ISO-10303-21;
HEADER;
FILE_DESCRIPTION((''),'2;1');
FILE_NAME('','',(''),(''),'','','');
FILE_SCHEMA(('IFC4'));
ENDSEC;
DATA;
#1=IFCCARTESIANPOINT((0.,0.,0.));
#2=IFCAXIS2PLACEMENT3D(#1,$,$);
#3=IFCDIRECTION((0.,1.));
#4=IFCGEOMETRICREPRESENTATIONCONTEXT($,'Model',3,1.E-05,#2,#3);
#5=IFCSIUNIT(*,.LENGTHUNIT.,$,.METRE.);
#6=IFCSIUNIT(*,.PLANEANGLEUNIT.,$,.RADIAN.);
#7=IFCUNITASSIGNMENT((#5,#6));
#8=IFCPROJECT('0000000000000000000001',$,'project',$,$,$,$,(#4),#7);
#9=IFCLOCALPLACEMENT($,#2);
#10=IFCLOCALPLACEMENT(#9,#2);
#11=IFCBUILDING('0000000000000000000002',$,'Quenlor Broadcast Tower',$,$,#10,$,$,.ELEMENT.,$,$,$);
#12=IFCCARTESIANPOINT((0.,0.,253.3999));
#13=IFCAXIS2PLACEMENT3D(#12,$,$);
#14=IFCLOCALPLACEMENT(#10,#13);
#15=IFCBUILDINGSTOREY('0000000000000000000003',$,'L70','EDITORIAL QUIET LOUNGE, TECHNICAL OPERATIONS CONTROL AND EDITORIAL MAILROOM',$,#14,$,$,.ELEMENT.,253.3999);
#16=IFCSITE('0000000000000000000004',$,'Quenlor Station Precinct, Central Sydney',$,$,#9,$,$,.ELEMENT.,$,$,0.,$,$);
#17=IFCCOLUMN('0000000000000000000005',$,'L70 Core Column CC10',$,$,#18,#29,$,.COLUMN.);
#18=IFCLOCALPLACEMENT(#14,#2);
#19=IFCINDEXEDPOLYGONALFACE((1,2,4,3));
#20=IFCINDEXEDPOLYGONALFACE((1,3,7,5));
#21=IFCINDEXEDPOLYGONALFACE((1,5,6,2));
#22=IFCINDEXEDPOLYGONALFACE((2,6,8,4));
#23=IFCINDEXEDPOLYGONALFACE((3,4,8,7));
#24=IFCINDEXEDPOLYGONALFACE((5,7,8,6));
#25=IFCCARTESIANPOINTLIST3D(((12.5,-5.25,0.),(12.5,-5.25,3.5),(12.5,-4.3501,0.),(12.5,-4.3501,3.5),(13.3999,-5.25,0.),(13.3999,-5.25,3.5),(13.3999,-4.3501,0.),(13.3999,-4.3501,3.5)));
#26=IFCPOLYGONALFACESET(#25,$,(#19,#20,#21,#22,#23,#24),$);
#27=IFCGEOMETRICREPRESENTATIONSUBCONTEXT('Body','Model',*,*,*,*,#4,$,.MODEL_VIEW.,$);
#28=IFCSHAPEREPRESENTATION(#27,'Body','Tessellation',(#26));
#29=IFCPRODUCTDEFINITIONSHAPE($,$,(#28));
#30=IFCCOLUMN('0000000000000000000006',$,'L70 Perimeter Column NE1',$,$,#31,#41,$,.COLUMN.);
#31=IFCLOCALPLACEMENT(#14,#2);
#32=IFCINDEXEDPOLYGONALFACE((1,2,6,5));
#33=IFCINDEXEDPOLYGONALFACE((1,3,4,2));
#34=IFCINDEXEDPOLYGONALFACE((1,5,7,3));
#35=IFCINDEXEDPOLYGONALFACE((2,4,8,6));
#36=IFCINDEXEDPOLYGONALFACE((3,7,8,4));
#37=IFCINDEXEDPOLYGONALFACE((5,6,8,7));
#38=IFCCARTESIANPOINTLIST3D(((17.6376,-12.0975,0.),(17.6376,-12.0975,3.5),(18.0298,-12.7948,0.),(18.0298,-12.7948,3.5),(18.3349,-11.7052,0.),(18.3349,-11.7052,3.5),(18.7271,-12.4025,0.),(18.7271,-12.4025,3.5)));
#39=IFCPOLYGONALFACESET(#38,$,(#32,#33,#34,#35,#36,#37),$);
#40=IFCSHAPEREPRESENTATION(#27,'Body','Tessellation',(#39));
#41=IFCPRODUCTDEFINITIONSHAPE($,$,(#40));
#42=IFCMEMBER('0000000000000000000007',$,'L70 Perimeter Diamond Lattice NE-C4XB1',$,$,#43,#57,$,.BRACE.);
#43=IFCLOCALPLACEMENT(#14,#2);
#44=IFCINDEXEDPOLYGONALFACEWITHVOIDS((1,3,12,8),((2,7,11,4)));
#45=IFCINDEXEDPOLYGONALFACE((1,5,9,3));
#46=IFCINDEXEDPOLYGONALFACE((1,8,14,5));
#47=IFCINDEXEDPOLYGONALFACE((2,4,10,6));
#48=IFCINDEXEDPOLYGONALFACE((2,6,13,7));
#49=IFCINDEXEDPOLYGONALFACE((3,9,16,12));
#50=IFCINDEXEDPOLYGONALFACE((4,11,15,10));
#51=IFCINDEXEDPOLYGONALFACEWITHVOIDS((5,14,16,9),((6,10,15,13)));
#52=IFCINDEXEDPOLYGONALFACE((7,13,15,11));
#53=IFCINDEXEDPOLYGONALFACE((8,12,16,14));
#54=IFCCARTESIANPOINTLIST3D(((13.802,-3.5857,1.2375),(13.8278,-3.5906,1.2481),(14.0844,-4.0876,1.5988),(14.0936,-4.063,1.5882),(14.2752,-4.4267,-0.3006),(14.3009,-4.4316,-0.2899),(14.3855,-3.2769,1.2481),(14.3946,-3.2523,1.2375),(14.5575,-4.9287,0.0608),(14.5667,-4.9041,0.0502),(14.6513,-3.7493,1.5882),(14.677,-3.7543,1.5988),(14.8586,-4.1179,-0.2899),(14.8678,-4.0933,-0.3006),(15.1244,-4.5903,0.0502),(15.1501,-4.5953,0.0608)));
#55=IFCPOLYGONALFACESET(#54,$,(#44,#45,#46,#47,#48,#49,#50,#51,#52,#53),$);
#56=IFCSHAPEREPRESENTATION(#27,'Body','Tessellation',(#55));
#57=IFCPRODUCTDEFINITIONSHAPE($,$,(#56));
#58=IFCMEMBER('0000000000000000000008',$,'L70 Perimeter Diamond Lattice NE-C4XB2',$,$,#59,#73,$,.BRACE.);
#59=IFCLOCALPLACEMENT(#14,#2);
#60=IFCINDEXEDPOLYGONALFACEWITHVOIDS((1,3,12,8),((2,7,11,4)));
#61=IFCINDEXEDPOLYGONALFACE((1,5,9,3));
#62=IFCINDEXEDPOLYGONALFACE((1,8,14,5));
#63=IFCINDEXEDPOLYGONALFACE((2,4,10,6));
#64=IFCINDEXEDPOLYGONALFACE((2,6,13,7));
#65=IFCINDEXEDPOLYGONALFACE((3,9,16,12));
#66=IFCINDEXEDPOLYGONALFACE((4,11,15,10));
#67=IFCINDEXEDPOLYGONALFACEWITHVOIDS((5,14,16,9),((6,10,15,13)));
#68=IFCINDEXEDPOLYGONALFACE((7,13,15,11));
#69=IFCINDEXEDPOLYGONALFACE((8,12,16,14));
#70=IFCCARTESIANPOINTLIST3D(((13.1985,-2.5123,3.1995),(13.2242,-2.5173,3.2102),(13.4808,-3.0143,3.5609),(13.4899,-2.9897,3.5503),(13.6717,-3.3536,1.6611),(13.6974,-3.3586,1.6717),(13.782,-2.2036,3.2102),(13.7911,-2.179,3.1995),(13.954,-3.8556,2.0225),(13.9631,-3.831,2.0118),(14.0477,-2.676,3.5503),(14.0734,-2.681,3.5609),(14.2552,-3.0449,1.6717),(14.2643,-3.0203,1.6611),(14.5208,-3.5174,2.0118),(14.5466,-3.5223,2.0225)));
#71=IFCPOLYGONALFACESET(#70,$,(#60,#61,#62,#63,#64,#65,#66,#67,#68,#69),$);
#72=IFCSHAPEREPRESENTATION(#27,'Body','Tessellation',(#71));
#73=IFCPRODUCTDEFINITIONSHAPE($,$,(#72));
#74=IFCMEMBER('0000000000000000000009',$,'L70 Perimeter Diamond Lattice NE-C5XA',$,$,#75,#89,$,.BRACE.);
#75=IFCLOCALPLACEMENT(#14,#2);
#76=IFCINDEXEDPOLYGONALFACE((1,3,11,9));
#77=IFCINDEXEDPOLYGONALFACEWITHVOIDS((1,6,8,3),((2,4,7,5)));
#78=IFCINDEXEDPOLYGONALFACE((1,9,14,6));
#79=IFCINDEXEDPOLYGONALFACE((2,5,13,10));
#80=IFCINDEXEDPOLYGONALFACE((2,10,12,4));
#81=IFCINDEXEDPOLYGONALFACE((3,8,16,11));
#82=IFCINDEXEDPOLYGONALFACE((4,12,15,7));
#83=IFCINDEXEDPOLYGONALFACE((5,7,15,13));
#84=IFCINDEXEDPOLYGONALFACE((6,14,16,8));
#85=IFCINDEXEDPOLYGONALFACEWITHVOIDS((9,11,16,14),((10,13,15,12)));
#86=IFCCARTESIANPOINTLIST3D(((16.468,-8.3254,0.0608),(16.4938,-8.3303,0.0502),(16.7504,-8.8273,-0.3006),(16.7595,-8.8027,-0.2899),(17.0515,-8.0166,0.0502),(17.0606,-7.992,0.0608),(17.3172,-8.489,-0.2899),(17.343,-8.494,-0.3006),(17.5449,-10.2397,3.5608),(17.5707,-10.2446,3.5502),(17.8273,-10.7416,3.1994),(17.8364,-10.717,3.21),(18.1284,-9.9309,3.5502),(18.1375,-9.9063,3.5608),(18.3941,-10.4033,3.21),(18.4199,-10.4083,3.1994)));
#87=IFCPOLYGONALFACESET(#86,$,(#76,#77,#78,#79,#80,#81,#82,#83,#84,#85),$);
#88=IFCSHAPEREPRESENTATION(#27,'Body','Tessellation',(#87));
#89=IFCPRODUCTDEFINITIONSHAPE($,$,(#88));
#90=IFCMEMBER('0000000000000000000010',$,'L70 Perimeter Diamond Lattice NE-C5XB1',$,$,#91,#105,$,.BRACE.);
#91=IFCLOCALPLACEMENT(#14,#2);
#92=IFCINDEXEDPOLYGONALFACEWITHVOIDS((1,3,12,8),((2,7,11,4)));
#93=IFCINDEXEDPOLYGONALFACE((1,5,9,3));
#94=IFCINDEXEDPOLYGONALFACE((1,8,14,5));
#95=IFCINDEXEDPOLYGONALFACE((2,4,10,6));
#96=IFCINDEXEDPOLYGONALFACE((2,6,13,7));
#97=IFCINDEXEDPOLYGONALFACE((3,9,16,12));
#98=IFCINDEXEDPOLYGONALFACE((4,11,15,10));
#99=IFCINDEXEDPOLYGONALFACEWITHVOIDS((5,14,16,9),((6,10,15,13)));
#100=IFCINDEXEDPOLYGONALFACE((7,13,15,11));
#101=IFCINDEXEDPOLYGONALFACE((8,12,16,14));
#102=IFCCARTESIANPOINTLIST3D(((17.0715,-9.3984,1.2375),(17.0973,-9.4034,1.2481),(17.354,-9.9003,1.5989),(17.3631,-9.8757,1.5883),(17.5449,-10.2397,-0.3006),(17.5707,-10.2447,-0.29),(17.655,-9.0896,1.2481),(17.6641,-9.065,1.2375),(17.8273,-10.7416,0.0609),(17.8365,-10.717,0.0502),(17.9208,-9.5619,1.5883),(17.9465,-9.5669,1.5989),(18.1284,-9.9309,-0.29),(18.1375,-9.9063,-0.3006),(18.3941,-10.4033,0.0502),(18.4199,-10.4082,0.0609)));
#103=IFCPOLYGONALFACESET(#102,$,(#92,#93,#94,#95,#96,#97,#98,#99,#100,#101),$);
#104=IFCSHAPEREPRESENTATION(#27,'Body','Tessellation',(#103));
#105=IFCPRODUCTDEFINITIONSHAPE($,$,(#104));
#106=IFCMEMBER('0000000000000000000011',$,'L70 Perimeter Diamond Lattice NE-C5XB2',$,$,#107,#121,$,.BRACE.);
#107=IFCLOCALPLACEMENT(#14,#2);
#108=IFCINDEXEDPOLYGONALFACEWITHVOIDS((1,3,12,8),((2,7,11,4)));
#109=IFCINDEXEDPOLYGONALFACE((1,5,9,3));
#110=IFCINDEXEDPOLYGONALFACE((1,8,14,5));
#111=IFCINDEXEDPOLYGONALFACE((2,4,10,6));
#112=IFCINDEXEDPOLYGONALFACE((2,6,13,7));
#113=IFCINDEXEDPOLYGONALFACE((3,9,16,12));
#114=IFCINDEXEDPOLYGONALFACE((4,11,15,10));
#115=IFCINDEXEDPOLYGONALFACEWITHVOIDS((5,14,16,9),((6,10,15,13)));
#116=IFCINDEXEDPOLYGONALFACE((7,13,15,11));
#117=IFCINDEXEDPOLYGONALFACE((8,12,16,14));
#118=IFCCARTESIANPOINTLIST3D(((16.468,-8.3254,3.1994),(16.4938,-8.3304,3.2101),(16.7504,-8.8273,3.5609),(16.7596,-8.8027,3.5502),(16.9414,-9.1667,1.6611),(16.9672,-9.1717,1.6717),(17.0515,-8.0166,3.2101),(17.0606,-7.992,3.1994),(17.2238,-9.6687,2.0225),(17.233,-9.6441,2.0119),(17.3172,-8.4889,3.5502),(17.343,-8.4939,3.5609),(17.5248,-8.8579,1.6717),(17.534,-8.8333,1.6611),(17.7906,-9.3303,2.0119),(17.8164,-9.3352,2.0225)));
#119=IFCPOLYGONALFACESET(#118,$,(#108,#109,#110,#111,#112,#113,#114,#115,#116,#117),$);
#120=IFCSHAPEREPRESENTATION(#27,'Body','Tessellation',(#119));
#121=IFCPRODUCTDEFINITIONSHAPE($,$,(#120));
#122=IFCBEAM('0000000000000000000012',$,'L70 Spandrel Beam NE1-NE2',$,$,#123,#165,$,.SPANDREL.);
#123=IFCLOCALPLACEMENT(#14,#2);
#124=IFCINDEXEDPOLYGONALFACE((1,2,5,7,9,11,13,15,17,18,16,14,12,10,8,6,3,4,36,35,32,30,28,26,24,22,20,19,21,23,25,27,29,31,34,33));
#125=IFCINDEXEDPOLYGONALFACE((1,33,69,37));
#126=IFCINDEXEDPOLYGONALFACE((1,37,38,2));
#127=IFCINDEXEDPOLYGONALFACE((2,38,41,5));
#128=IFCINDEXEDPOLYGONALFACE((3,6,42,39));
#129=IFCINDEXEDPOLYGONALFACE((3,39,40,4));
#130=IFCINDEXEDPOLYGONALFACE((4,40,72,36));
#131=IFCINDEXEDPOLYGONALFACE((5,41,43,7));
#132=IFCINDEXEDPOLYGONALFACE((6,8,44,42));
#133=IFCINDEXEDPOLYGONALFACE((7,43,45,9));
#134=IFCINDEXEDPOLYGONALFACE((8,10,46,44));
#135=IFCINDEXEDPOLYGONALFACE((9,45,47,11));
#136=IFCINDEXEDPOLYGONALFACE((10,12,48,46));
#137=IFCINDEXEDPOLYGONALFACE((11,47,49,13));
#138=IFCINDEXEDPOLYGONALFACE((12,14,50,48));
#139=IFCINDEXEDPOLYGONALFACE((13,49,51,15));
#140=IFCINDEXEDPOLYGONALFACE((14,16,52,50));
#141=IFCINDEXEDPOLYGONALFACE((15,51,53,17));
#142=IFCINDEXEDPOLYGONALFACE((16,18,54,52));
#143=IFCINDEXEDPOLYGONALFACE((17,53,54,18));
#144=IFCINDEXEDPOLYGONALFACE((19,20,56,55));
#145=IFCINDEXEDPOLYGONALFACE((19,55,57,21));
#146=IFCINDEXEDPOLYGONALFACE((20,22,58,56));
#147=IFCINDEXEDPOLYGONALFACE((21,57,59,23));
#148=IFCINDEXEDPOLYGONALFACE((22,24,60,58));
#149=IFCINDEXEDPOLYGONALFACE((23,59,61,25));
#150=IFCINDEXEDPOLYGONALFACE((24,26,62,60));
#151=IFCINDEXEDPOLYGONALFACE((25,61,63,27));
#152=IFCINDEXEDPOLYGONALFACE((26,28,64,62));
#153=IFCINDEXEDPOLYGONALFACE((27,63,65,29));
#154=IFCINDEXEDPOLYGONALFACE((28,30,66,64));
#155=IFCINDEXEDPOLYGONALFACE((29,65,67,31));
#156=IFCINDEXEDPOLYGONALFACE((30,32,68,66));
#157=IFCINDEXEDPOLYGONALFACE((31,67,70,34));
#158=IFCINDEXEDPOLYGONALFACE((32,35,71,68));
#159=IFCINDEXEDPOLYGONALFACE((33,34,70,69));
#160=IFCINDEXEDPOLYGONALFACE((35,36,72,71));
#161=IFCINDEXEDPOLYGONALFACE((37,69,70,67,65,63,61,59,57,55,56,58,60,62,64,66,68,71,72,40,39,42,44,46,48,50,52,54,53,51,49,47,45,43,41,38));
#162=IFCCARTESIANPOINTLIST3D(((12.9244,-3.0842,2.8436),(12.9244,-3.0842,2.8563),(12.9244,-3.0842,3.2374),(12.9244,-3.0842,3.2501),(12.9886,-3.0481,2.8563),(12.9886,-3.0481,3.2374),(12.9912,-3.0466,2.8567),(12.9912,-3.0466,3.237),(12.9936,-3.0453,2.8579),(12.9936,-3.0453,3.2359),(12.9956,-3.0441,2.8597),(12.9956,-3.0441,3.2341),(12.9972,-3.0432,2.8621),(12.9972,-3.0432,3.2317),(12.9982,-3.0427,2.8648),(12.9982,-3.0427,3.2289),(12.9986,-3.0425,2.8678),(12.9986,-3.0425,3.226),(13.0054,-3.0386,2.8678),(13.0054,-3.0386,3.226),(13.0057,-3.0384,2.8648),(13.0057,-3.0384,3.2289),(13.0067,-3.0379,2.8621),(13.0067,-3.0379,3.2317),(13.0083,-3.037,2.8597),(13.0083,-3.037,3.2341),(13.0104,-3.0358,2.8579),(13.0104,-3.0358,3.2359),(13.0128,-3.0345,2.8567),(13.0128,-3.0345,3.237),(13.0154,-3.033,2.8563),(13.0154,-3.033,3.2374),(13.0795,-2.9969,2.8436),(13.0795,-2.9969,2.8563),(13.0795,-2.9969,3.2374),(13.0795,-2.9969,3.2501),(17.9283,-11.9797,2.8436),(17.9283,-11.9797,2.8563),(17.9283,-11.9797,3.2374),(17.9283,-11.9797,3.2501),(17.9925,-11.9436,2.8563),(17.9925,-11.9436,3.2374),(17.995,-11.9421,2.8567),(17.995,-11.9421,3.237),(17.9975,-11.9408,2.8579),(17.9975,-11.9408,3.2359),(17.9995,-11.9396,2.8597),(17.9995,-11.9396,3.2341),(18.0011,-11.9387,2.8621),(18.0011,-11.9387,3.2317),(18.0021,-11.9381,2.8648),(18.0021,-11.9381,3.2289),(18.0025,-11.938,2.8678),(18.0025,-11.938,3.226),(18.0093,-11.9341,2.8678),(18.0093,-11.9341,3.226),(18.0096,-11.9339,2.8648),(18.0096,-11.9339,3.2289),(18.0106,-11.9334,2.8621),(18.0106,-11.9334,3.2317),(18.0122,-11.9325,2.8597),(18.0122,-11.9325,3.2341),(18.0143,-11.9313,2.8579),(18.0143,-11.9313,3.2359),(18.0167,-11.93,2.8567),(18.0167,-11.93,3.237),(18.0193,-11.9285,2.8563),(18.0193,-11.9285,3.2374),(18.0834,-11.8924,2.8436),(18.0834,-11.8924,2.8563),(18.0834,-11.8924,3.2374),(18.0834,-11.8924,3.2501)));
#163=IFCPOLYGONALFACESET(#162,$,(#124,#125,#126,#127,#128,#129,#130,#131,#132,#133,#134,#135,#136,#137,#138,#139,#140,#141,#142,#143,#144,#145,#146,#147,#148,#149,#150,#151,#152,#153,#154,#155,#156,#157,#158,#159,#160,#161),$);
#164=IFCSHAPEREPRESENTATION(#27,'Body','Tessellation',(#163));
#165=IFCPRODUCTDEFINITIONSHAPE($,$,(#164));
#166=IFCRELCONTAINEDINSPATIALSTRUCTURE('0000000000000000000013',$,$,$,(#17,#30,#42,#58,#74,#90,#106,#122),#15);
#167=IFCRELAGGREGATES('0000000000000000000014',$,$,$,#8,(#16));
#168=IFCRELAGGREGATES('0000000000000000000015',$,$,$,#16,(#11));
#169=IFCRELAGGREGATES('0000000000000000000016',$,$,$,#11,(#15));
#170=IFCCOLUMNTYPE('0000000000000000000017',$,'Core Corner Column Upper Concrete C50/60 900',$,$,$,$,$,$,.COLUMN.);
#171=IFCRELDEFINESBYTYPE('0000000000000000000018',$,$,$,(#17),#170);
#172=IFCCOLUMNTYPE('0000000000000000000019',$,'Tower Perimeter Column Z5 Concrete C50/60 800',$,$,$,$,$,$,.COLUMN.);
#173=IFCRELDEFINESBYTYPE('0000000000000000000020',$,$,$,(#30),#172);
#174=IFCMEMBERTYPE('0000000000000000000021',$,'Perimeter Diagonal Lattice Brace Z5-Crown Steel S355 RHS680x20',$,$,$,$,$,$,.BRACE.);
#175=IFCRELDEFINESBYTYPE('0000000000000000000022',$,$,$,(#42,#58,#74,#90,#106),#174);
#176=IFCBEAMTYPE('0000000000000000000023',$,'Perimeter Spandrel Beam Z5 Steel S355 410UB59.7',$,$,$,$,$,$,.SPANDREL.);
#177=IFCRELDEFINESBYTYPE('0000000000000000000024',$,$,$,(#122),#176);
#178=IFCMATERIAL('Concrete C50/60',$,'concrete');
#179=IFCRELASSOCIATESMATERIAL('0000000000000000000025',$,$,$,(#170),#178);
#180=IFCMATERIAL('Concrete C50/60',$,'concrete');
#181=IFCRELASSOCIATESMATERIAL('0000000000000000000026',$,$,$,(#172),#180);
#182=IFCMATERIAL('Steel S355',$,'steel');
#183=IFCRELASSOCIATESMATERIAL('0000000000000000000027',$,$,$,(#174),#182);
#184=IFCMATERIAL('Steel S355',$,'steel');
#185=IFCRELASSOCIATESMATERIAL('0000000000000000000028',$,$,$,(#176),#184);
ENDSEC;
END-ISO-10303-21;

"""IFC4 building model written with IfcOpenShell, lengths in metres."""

from ifc_helpers import new_model, si_unit, direction, frame, origin, origin_2d, place, context, subcontext, project, spatial, rectangle, hollow_rectangle, i_section, extrude, material, material_profile, profile_set, type_object, element, save


model = new_model("IFC4")

# Units and contexts
model_context = context("Model", 3, precision=1e-05, world=origin(), true_north=direction((0.0, 1.0)))
body_context = subcontext(model_context, "Body", "Model", "MODEL_VIEW")
ifc_project = project(units=[si_unit("LENGTHUNIT", "METRE"), si_unit("PLANEANGLEUNIT", "RADIAN")], contexts=[model_context])

# Site, building, storey
site_placement = place(None, origin())
site = spatial("IfcSite", under=ifc_project, at=site_placement, Name="Quenlor Station Precinct, Central Sydney", CompositionType="ELEMENT", RefElevation=0.0)
building_placement = place(site_placement, origin())
building = spatial("IfcBuilding", under=site, at=building_placement, Name="Quenlor Broadcast Tower", CompositionType="ELEMENT")
storey_placement = place(building_placement, frame((0.0, 0.0, 253.3999)))
storey = spatial("IfcBuildingStorey", under=building, at=storey_placement, Name="L70", Description="EDITORIAL QUIET LOUNGE, TECHNICAL OPERATIONS CONTROL AND EDITORIAL MAILROOM", CompositionType="ELEMENT", Elevation=253.3999)

# Columns
ifc_material_1 = material(Name="Concrete C50/60", Category="concrete")
ifc_material_profile_1 = material_profile(ifc_material_1, rectangle(XDim=0.8999, YDim=0.8999, at=origin_2d()))
ifc_profile_set_1 = profile_set([ifc_material_profile_1], Name="Concrete C50/60 RC900x900")
column_type_1 = type_object("IfcColumnType", Name="Core Corner Column Upper Concrete C50/60 900", PredefinedType="COLUMN", material=ifc_profile_set_1)
column_1_placement = place(storey_placement, frame((12.95, -4.8, 0.0), z_axis=(0.0, 0.0, 1.0), x_axis=(1.0, 0.0, 0.0)))
element("IfcColumn", 1, at=column_1_placement, inside=storey, type_object=column_type_1, Name="L70 Core Column CC10", PredefinedType="COLUMN", context=body_context, shape_type="SweptSolid", body=[
    extrude(rectangle(XDim=0.8999, YDim=0.8999, at=origin_2d()), origin(), (0.0, 0.0, 1.0), 3.5),
])
ifc_material_2 = material(Name="Concrete C50/60", Category="concrete")
ifc_material_profile_2 = material_profile(ifc_material_2, rectangle(XDim=0.8, YDim=0.8, at=origin_2d()))
ifc_profile_set_2 = profile_set([ifc_material_profile_2], Name="Concrete C50/60 RC800x800")
column_type_2 = type_object("IfcColumnType", Name="Tower Perimeter Column Z5 Concrete C50/60 800", PredefinedType="COLUMN", material=ifc_profile_set_2)
column_2_placement = place(storey_placement, frame((18.1824, -12.25, 0.0), z_axis=(0.0, 0.0, 1.0), x_axis=(0.871575, 0.490262, 0.0)))
element("IfcColumn", 2, at=column_2_placement, inside=storey, type_object=column_type_2, Name="L70 Perimeter Column NE1", PredefinedType="COLUMN", context=body_context, shape_type="SweptSolid", body=[
    extrude(rectangle(XDim=0.8, YDim=0.8, at=origin_2d()), origin(), (0.0, 0.0, 1.0), 3.5),
])

# Members
ifc_material_3 = material(Name="Steel S355", Category="steel")
ifc_material_profile_3 = material_profile(ifc_material_3, hollow_rectangle(XDim=0.6799, YDim=0.6799, WallThickness=0.02, at=origin_2d()))
ifc_profile_set_3 = profile_set([ifc_material_profile_3], Name="Steel S355 RHS680x680x20")
member_type = type_object("IfcMemberType", Name="Perimeter Diagonal Lattice Brace Z5-Crown Steel S355 RHS680x20", PredefinedType="BRACE", material=ifc_profile_set_3)
member_1_placement = place(storey_placement, frame((14.7126, -4.511, -0.1199), z_axis=(-0.260577, 0.463204, 0.847078), x_axis=(-0.871555, -0.490297, 0.0)))
element("IfcMember", 3, at=member_1_placement, inside=storey, type_object=member_type, Name="L70 Perimeter Diamond Lattice NE-C4XB1", PredefinedType="BRACE", context=body_context, shape_type="SweptSolid", body=[
    extrude(hollow_rectangle(XDim=0.6799, YDim=0.6799, WallThickness=0.02, at=origin_2d()), origin(), (0.0, 0.0, 1.0), 1.8157),
])
member_2_placement = place(storey_placement, frame((14.1091, -3.438, 1.8418), z_axis=(-0.260532, 0.463257, 0.847063), x_axis=(-0.871616, -0.490189, 0.0)))
element("IfcMember", 4, at=member_2_placement, inside=storey, type_object=member_type, Name="L70 Perimeter Diamond Lattice NE-C4XB2", PredefinedType="BRACE", context=body_context, shape_type="SweptSolid", body=[
    extrude(hollow_rectangle(XDim=0.6799, YDim=0.6799, WallThickness=0.02, at=origin_2d()), origin(), (0.0, 0.0, 1.0), 1.8162),
])
member_3_placement = place(storey_placement, frame((16.9055, -8.4097, -0.1199), z_axis=(0.260619, -0.463276, 0.847026), x_axis=(0.871555, 0.490298, 0.0)))
element("IfcMember", 5, at=member_3_placement, inside=storey, type_object=member_type, Name="L70 Perimeter Diamond Lattice NE-C5XA", PredefinedType="BRACE", context=body_context, shape_type="SweptSolid", body=[
    extrude(hollow_rectangle(XDim=0.6799, YDim=0.6799, WallThickness=0.02, at=origin_2d()), origin(), (0.0, 0.0, 1.0), 4.1321),
])
member_4_placement = place(storey_placement, frame((17.9824, -10.324, -0.1199), z_axis=(-0.260686, 0.463293, 0.846996), x_axis=(-0.871508, -0.490381, 0.0)))
element("IfcMember", 6, at=member_4_placement, inside=storey, type_object=member_type, Name="L70 Perimeter Diamond Lattice NE-C5XB1", PredefinedType="BRACE", context=body_context, shape_type="SweptSolid", body=[
    extrude(hollow_rectangle(XDim=0.6799, YDim=0.6799, WallThickness=0.02, at=origin_2d()), origin(), (0.0, 0.0, 1.0), 1.8159),
])
member_5_placement = place(storey_placement, frame((17.3789, -9.251, 1.8418), z_axis=(-0.260657, 0.463241, 0.847034), x_axis=(-0.871508, -0.490381, 0.0)))
element("IfcMember", 7, at=member_5_placement, inside=storey, type_object=member_type, Name="L70 Perimeter Diamond Lattice NE-C5XB2", PredefinedType="BRACE", context=body_context, shape_type="SweptSolid", body=[
    extrude(hollow_rectangle(XDim=0.6799, YDim=0.6799, WallThickness=0.02, at=origin_2d()), origin(), (0.0, 0.0, 1.0), 1.8162),
])

# Beam
ifc_material_4 = material(Name="Steel S355", Category="steel")
ifc_material_profile_4 = material_profile(ifc_material_4, i_section(OverallWidth=0.178, OverallDepth=0.4065, WebThickness=0.0078, FlangeThickness=0.0127, FilletRadius=0.0115, at=origin_2d()))
ifc_profile_set_4 = profile_set([ifc_material_profile_4], Name="Steel S355 410UB59.7")
beam_type_1 = type_object("IfcBeamType", Name="Perimeter Spandrel Beam Z5 Steel S355 410UB59.7", PredefinedType="SPANDREL", material=ifc_profile_set_4)
beam_1_placement = place(storey_placement, frame((18.0059, -11.936, 3.0469), z_axis=(-0.490275, 0.871568, 0.0), x_axis=(-0.871568, -0.490275, 0.0)))
element("IfcBeam", 8, at=beam_1_placement, inside=storey, type_object=beam_type_1, Name="L70 Spandrel Beam NE1-NE2", PredefinedType="SPANDREL", context=body_context, shape_type="SweptSolid", body=[
    extrude(i_section(OverallWidth=0.178, OverallDepth=0.4065, WebThickness=0.0078, FlangeThickness=0.0127, FilletRadius=0.0115, at=origin_2d()), origin(), (0.0, 0.0, 1.0), 10.2063),
])

save(model, "model.ifc")
